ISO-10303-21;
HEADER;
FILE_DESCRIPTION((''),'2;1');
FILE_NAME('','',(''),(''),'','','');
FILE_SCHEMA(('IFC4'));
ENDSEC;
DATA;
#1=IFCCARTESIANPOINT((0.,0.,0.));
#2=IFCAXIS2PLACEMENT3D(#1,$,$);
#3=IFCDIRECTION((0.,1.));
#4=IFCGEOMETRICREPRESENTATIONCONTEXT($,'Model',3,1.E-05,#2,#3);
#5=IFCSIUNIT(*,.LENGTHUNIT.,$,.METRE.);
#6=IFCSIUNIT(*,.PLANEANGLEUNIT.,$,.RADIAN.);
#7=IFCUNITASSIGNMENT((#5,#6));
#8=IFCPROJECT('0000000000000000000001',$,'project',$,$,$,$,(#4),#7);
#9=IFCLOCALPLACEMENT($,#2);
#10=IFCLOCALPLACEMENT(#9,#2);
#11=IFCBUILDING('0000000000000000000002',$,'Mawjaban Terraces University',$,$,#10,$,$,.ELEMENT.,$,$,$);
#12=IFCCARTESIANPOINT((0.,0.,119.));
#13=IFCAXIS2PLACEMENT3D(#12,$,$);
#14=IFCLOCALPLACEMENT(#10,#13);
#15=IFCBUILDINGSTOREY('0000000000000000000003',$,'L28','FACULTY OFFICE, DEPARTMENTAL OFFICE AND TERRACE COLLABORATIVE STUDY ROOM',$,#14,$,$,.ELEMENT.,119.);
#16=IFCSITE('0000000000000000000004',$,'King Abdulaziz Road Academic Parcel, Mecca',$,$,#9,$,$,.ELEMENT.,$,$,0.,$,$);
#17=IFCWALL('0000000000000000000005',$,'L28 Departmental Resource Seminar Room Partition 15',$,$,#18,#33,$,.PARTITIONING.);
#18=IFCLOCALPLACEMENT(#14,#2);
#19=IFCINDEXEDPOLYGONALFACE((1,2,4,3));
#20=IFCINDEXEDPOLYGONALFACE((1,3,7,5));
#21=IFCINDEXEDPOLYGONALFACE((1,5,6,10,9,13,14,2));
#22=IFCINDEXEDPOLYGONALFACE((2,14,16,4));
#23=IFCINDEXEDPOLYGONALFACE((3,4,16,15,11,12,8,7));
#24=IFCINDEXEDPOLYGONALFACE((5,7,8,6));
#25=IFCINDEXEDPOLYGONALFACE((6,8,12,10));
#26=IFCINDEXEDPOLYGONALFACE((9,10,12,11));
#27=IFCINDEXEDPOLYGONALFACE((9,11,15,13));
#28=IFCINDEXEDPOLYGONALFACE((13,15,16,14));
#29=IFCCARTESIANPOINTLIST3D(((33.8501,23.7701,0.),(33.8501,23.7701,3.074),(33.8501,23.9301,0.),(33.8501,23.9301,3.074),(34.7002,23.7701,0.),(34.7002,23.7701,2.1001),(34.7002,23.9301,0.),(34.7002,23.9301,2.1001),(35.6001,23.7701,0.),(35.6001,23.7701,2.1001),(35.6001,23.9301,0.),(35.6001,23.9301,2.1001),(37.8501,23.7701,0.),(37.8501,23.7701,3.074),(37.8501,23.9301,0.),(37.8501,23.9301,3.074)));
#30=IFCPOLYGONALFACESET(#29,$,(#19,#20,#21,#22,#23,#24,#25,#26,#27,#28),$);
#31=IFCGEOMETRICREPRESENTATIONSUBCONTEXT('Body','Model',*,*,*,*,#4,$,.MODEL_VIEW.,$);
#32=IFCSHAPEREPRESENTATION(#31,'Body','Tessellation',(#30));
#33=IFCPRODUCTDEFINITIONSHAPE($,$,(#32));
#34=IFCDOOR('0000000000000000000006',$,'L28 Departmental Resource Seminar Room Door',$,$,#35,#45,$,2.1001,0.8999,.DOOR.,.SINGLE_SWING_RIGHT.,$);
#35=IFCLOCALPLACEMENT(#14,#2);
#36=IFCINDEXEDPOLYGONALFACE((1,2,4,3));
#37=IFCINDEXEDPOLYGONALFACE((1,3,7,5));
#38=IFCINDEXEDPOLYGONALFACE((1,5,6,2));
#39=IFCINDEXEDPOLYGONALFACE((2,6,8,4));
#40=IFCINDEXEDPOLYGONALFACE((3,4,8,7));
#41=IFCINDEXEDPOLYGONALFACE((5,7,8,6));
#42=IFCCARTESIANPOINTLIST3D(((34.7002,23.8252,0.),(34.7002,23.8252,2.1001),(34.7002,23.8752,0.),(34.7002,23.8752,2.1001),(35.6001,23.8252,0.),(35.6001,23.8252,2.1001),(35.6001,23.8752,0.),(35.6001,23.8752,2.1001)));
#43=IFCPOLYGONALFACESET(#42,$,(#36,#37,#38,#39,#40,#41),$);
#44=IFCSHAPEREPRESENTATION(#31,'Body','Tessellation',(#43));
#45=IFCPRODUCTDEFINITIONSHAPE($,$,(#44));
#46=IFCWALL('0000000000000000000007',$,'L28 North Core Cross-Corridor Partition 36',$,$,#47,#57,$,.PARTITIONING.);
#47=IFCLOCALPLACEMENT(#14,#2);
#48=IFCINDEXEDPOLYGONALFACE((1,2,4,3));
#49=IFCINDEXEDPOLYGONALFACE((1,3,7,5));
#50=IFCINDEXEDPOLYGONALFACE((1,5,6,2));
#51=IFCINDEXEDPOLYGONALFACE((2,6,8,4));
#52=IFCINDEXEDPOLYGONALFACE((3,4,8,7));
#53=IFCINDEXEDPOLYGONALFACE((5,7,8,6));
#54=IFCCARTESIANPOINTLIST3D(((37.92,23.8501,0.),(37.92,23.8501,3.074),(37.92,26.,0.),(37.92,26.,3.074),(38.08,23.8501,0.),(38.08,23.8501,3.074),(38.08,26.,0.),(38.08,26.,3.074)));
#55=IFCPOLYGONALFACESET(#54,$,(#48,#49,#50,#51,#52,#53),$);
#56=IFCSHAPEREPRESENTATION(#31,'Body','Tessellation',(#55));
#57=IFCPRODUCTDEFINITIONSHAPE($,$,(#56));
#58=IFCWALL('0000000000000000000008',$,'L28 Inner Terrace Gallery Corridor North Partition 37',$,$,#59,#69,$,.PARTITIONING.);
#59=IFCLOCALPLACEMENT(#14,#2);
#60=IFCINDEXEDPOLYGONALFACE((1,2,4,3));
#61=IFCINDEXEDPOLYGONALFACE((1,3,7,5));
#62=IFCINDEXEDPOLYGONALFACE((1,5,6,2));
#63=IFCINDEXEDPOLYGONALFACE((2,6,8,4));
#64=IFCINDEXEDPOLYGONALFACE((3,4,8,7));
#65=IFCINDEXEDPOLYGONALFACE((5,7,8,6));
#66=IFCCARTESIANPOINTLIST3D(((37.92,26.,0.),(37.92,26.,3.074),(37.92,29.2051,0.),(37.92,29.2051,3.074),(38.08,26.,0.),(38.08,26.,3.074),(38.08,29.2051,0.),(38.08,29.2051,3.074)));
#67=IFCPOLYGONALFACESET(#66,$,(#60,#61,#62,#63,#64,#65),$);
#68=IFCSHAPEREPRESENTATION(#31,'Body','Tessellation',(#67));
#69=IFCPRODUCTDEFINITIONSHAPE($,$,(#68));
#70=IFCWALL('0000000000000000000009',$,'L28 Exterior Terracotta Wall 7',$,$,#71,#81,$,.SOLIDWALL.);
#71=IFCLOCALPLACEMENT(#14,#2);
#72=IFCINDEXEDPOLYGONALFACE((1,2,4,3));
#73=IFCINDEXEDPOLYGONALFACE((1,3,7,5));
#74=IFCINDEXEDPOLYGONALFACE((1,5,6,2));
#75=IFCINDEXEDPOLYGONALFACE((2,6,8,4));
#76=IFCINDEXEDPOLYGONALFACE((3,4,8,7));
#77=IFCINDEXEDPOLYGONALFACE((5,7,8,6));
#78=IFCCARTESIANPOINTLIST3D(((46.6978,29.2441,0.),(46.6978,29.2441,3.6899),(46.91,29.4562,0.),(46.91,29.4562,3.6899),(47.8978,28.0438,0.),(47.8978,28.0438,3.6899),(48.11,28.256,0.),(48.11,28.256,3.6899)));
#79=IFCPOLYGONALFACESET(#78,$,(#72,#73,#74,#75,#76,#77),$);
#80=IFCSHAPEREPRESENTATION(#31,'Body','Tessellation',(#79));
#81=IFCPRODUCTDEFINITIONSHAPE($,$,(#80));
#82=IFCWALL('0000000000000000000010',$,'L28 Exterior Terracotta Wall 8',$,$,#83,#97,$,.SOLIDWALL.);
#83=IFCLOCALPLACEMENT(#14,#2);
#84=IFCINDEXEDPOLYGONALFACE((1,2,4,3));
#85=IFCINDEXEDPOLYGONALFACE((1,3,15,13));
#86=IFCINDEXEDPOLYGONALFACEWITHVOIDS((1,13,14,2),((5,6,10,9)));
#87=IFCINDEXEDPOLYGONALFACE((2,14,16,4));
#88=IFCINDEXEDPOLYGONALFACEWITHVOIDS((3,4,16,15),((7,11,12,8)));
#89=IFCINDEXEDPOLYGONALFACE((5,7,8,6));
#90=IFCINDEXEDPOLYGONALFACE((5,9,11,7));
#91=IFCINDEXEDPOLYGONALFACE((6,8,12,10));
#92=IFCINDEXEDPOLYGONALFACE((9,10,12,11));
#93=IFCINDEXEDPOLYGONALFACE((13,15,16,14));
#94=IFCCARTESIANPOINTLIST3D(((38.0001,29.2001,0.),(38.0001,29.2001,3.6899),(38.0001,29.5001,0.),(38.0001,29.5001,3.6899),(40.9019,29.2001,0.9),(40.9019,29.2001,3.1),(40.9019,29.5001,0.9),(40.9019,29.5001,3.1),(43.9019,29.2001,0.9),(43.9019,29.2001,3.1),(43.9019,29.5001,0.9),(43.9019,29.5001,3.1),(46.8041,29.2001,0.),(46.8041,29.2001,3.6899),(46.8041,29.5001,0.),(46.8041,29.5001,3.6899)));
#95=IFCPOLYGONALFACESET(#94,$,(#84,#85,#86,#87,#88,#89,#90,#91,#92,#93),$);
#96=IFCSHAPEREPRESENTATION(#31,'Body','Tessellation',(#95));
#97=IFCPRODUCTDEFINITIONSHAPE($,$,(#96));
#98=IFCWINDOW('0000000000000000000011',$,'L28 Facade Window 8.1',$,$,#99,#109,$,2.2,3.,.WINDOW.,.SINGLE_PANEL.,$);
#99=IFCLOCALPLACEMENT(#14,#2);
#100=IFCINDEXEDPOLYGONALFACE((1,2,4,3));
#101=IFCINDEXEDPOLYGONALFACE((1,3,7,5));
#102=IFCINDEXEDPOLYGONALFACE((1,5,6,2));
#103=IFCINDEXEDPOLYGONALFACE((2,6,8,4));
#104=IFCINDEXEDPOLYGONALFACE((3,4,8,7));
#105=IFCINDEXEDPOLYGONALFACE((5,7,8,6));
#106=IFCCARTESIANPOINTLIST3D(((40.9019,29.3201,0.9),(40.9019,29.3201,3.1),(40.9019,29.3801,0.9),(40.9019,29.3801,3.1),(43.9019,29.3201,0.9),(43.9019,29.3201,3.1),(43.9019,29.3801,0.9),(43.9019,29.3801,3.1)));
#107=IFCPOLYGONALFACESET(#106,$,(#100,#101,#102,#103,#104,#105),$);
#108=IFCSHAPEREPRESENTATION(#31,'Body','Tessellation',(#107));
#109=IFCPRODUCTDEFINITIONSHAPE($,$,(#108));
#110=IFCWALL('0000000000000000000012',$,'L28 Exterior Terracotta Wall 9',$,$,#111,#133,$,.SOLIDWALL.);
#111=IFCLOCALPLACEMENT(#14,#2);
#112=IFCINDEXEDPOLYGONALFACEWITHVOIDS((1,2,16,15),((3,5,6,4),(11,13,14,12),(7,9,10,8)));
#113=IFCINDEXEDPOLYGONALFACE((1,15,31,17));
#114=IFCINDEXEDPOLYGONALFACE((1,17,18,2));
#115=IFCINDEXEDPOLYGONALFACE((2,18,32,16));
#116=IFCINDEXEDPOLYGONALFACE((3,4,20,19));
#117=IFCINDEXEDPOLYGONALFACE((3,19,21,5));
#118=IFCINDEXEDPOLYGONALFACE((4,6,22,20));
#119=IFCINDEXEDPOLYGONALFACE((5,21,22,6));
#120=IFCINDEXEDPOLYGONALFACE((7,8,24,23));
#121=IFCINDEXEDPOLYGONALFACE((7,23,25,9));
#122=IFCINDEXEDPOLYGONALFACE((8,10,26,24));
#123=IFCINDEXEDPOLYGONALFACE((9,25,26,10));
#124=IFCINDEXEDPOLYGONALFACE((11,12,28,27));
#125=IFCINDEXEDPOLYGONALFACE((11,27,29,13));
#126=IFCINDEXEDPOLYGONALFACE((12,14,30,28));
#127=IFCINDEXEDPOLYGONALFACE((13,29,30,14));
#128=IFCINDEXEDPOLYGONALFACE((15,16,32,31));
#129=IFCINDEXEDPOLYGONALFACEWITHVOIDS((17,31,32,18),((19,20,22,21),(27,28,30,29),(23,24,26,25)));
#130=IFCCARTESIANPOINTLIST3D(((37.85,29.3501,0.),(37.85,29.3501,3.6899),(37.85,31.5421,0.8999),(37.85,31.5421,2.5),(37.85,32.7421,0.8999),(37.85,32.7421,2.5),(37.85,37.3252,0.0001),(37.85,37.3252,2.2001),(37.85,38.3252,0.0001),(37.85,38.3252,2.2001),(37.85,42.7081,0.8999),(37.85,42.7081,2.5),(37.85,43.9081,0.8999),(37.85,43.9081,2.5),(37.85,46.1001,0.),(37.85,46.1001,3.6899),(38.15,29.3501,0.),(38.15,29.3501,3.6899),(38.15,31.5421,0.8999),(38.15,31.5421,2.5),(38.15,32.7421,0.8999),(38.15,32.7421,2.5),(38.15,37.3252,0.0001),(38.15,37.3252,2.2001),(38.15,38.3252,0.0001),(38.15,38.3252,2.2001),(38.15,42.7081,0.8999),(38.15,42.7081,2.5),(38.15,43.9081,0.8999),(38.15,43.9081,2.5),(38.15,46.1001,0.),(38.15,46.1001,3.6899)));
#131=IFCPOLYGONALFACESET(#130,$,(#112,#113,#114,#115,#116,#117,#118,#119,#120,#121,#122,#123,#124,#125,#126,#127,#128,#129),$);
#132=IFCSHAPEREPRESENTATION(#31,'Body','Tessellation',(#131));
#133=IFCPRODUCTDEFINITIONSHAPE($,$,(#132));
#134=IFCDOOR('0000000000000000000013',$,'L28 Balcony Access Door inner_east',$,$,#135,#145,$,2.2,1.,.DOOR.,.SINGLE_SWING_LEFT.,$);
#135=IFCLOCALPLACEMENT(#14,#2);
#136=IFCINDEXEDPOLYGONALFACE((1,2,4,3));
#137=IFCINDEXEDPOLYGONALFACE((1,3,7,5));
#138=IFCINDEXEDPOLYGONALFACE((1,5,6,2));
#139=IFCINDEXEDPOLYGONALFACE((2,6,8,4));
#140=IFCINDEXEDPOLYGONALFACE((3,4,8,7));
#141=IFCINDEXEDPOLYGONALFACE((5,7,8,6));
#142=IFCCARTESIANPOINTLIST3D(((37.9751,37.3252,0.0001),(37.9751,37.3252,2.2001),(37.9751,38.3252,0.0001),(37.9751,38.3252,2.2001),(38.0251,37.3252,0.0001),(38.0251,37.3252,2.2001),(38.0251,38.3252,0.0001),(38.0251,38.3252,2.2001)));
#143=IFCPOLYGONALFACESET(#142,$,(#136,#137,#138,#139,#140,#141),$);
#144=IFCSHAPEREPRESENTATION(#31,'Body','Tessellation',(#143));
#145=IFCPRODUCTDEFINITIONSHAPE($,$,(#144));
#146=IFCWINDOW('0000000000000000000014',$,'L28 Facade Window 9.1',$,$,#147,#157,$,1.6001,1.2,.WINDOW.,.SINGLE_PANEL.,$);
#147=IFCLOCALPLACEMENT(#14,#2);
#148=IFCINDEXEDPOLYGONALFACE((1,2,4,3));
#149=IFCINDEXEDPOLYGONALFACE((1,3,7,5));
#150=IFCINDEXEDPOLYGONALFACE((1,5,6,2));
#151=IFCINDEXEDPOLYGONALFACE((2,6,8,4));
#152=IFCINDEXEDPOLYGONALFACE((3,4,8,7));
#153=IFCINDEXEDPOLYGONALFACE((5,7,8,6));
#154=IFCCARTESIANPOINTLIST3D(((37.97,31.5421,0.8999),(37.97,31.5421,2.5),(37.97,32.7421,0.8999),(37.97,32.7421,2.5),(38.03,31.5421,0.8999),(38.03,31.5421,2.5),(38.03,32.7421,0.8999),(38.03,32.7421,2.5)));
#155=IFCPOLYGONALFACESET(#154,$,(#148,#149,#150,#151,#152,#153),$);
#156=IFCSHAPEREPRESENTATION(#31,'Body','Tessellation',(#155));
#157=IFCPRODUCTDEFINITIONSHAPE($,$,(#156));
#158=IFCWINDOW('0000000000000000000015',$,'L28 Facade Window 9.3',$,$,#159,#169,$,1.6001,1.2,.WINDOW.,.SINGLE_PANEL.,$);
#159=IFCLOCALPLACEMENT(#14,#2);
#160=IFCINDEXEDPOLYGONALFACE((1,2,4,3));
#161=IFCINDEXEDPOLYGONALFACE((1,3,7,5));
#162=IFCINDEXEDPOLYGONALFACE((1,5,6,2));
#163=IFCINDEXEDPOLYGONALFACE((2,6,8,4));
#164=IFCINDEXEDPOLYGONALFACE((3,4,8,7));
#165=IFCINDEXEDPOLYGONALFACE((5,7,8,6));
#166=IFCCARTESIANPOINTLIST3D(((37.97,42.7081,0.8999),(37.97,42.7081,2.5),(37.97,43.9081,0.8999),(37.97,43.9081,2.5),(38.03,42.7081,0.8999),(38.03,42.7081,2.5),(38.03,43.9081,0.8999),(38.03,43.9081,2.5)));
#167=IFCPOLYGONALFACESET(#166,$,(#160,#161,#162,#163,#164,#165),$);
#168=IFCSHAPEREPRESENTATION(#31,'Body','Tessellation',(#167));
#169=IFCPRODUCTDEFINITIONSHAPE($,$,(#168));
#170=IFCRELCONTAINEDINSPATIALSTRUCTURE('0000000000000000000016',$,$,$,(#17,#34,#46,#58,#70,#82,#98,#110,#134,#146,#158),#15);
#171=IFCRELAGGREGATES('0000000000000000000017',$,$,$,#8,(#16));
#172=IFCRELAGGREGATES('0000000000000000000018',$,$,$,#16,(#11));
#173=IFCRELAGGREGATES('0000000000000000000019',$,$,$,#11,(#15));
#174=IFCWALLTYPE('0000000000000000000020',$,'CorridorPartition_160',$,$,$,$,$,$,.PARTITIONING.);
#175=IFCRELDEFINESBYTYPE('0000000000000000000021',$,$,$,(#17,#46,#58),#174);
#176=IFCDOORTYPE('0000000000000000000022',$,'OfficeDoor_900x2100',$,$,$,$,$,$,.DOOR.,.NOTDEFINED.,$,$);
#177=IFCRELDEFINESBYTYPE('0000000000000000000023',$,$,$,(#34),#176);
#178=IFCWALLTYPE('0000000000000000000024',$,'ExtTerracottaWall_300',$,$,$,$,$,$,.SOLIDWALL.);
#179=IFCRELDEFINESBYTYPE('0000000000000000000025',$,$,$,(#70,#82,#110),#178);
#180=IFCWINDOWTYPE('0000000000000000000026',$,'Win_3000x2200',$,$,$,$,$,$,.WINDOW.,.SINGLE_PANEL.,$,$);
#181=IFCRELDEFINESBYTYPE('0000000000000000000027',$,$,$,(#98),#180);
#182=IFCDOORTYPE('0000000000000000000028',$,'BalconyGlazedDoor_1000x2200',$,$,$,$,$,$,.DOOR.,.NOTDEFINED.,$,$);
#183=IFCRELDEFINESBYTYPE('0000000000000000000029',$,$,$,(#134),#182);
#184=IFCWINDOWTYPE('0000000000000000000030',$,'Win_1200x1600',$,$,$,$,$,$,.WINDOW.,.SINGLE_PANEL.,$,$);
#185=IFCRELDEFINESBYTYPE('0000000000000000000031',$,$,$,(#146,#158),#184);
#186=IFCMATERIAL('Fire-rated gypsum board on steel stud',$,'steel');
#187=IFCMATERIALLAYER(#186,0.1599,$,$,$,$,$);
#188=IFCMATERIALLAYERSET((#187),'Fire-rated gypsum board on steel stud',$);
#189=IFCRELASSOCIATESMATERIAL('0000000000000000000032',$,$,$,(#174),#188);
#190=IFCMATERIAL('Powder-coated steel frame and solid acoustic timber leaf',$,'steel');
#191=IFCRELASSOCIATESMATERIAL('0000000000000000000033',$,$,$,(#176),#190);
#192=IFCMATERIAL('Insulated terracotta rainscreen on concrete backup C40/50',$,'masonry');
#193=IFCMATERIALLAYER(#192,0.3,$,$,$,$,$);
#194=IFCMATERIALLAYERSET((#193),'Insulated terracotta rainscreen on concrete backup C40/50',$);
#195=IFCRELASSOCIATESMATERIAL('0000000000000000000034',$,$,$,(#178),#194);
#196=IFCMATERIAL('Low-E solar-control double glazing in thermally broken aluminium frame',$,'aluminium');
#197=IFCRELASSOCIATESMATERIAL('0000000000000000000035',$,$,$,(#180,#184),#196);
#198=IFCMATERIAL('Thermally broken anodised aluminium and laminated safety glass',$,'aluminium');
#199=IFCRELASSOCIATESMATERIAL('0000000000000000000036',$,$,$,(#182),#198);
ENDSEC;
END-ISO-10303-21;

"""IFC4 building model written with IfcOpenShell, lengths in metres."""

from ifc_helpers import new_model, si_unit, direction, frame, frame_2d, origin, place, context, subcontext, project, spatial, rectangle, extrude, material, layer, layer_set, type_object, element, fill, save


model = new_model("IFC4")

# Units and contexts
model_context = context("Model", 3, precision=1e-05, world=origin(), true_north=direction((0.0, 1.0)))
body_context = subcontext(model_context, "Body", "Model", "MODEL_VIEW")
ifc_project = project(units=[si_unit("LENGTHUNIT", "METRE"), si_unit("PLANEANGLEUNIT", "RADIAN")], contexts=[model_context])

# Site, building, storey
site_placement = place(None, origin())
site = spatial("IfcSite", under=ifc_project, at=site_placement, Name="King Abdulaziz Road Academic Parcel, Mecca", CompositionType="ELEMENT", RefElevation=0.0)
building_placement = place(site_placement, origin())
building = spatial("IfcBuilding", under=site, at=building_placement, Name="Mawjaban Terraces University", CompositionType="ELEMENT")
storey_placement = place(building_placement, frame((0.0, 0.0, 119.0)))
storey = spatial("IfcBuildingStorey", under=building, at=storey_placement, Name="L28", Description="FACULTY OFFICE, DEPARTMENTAL OFFICE AND TERRACE COLLABORATIVE STUDY ROOM", CompositionType="ELEMENT", Elevation=119.0)

# Wall, opening, door
ifc_material_1 = material(Name="Fire-rated gypsum board on steel stud", Category="steel")
ifc_layer_1 = layer(ifc_material_1, 0.1599)
ifc_layer_set_1 = layer_set([ifc_layer_1], Name="Fire-rated gypsum board on steel stud")
wall_type_1 = type_object("IfcWallType", Name="CorridorPartition_160", PredefinedType="PARTITIONING", material=ifc_layer_set_1)
wall_1_placement = place(storey_placement, frame((37.8501, 23.8501, 0.0), z_axis=(0.0, 0.0, 1.0), x_axis=(-1.0, 0.0, 0.0)))
wall_1 = element("IfcWall", 1, at=wall_1_placement, inside=storey, type_object=wall_type_1, Name="L28 Departmental Resource Seminar Room Partition 15", PredefinedType="PARTITIONING", context=body_context, shape_type="SweptSolid", body=[
    extrude(rectangle(XDim=4.0, YDim=0.1599, at=frame_2d((2.0, 0.0))), origin(), (0.0, 0.0, 1.0), 3.074),
])
opening_1_placement = place(wall_1_placement, frame((2.25, 0.0, 0.0)))
opening_1 = element("IfcOpeningElement", 2, at=opening_1_placement, cuts=wall_1, PredefinedType="OPENING", context=body_context, shape_type="SweptSolid", body=[
    extrude(rectangle(XDim=0.8999, YDim=2.1001, at=frame_2d((0.45, 1.05))), frame((0.0, 0.0898, 0.0), z_axis=(0.0, -1.0, 0.0), x_axis=(1.0, 0.0, 0.0)), (0.0, 0.0, 1.0), 0.1799),
])
ifc_material_2 = material(Name="Powder-coated steel frame and solid acoustic timber leaf", Category="steel")
door_type_1 = type_object("IfcDoorType", Name="OfficeDoor_900x2100", OperationType="NOTDEFINED", PredefinedType="DOOR", material=ifc_material_2)
door_1_placement = place(opening_1_placement, origin())
door_1 = element("IfcDoor", 3, at=door_1_placement, inside=storey, type_object=door_type_1, Name="L28 Departmental Resource Seminar Room Door", OperationType="SINGLE_SWING_RIGHT", OverallHeight=2.1001, OverallWidth=0.8999, PredefinedType="DOOR", context=body_context, shape_type="SweptSolid", body=[
    extrude(rectangle(XDim=0.8999, YDim=2.1001, at=frame_2d((0.45, 1.05))), frame((0.0, 0.0249, 0.0), z_axis=(0.0, -1.0, 0.0), x_axis=(1.0, 0.0, 0.0)), (0.0, 0.0, 1.0), 0.05),
])
fill(opening_1, door_1)

# Walls
wall_2_placement = place(storey_placement, frame((38.0, 23.8501, 0.0), z_axis=(0.0, 0.0, 1.0), x_axis=(0.0, 1.0, 0.0)))
element("IfcWall", 4, at=wall_2_placement, inside=storey, type_object=wall_type_1, Name="L28 North Core Cross-Corridor Partition 36", PredefinedType="PARTITIONING", context=body_context, shape_type="SweptSolid", body=[
    extrude(rectangle(XDim=2.1499, YDim=0.1599, at=frame_2d((1.075, 0.0))), origin(), (0.0, 0.0, 1.0), 3.074),
])
wall_3_placement = place(storey_placement, frame((38.0, 26.0, 0.0), z_axis=(0.0, 0.0, 1.0), x_axis=(0.0, 1.0, 0.0)))
element("IfcWall", 5, at=wall_3_placement, inside=storey, type_object=wall_type_1, Name="L28 Inner Terrace Gallery Corridor North Partition 37", PredefinedType="PARTITIONING", context=body_context, shape_type="SweptSolid", body=[
    extrude(rectangle(XDim=3.2051, YDim=0.1599, at=frame_2d((1.6025, 0.0))), origin(), (0.0, 0.0, 1.0), 3.074),
])
ifc_material_3 = material(Name="Insulated terracotta rainscreen on concrete backup C40/50", Category="masonry")
ifc_layer_2 = layer(ifc_material_3, 0.3)
ifc_layer_set_2 = layer_set([ifc_layer_2], Name="Insulated terracotta rainscreen on concrete backup C40/50")
wall_type_2 = type_object("IfcWallType", Name="ExtTerracottaWall_300", PredefinedType="SOLIDWALL", material=ifc_layer_set_2)
wall_4_placement = place(storey_placement, frame((48.0039, 28.1499, 0.0), z_axis=(0.0, 0.0, 1.0), x_axis=(-0.707035, 0.707179, 0.0)))
element("IfcWall", 6, at=wall_4_placement, inside=storey, type_object=wall_type_2, Name="L28 Exterior Terracotta Wall 7", PredefinedType="SOLIDWALL", context=body_context, shape_type="SweptSolid", body=[
    extrude(rectangle(XDim=1.6973, YDim=0.3, at=frame_2d((0.8486, 0.0))), origin(), (0.0, 0.0, 1.0), 3.6899),
])

# Wall, opening, window
wall_5_placement = place(storey_placement, frame((46.804, 29.3501, 0.0), z_axis=(0.0, 0.0, 1.0), x_axis=(-1.0, 0.0, 0.0)))
wall_5 = element("IfcWall", 7, at=wall_5_placement, inside=storey, type_object=wall_type_2, Name="L28 Exterior Terracotta Wall 8", PredefinedType="SOLIDWALL", context=body_context, shape_type="SweptSolid", body=[
    extrude(rectangle(XDim=8.804, YDim=0.3, at=frame_2d((4.4019, 0.0))), origin(), (0.0, 0.0, 1.0), 3.6899),
])
opening_2_placement = place(wall_5_placement, frame((2.9021, 0.0, 0.8999)))
opening_2 = element("IfcOpeningElement", 8, at=opening_2_placement, cuts=wall_5, PredefinedType="OPENING", context=body_context, shape_type="SweptSolid", body=[
    extrude(rectangle(XDim=3.0, YDim=2.2, at=frame_2d((1.5, 1.1001))), frame((0.0, 0.1599, 0.0), z_axis=(0.0, -1.0, 0.0), x_axis=(1.0, 0.0, 0.0)), (0.0, 0.0, 1.0), 0.3201),
])
ifc_material_4 = material(Name="Low-E solar-control double glazing in thermally broken aluminium frame", Category="aluminium")
window_type_1 = type_object("IfcWindowType", Name="Win_3000x2200", PartitioningType="SINGLE_PANEL", PredefinedType="WINDOW", material=ifc_material_4)
window_1_placement = place(opening_2_placement, origin())
window_1 = element("IfcWindow", 9, at=window_1_placement, inside=storey, type_object=window_type_1, Name="L28 Facade Window 8.1", OverallHeight=2.2, OverallWidth=3.0, PartitioningType="SINGLE_PANEL", PredefinedType="WINDOW", context=body_context, shape_type="SweptSolid", body=[
    extrude(rectangle(XDim=3.0, YDim=2.2, at=frame_2d((1.5, 1.1001))), frame((0.0, 0.03, 0.0), z_axis=(0.0, -1.0, 0.0), x_axis=(1.0, 0.0, 0.0)), (0.0, 0.0, 1.0), 0.0601),
])
fill(opening_2, window_1)

# Wall, openings, door, windows
wall_6_placement = place(storey_placement, frame((38.0, 29.3501, 0.0), z_axis=(0.0, 0.0, 1.0), x_axis=(0.0, 1.0, 0.0)))
wall_6 = element("IfcWall", 10, at=wall_6_placement, inside=storey, type_object=wall_type_2, Name="L28 Exterior Terracotta Wall 9", PredefinedType="SOLIDWALL", context=body_context, shape_type="SweptSolid", body=[
    extrude(rectangle(XDim=16.75, YDim=0.3, at=frame_2d((8.375, 0.0))), origin(), (0.0, 0.0, 1.0), 3.6899),
])
opening_3_placement = place(wall_6_placement, frame((7.9751, 0.0, 0.0)))
opening_3 = element("IfcOpeningElement", 11, at=opening_3_placement, cuts=wall_6, PredefinedType="OPENING", context=body_context, shape_type="SweptSolid", body=[
    extrude(rectangle(XDim=1.0, YDim=2.2, at=frame_2d((0.5, 1.1001))), frame((0.0, 0.1599, 0.0), z_axis=(0.0, -1.0, 0.0), x_axis=(1.0, 0.0, 0.0)), (0.0, 0.0, 1.0), 0.3201),
])
opening_4_placement = place(wall_6_placement, frame((2.1919, 0.0, 0.8999)))
opening_4 = element("IfcOpeningElement", 12, at=opening_4_placement, cuts=wall_6, PredefinedType="OPENING", context=body_context, shape_type="SweptSolid", body=[
    extrude(rectangle(XDim=1.2, YDim=1.6001, at=frame_2d((0.6001, 0.8))), frame((0.0, 0.1599, 0.0), z_axis=(0.0, -1.0, 0.0), x_axis=(1.0, 0.0, 0.0)), (0.0, 0.0, 1.0), 0.3201),
])
opening_5_placement = place(wall_6_placement, frame((13.3579, 0.0, 0.8999)))
opening_5 = element("IfcOpeningElement", 13, at=opening_5_placement, cuts=wall_6, PredefinedType="OPENING", context=body_context, shape_type="SweptSolid", body=[
    extrude(rectangle(XDim=1.2, YDim=1.6001, at=frame_2d((0.6001, 0.8))), frame((0.0, 0.1599, 0.0), z_axis=(0.0, -1.0, 0.0), x_axis=(1.0, 0.0, 0.0)), (0.0, 0.0, 1.0), 0.3201),
])
ifc_material_5 = material(Name="Thermally broken anodised aluminium and laminated safety glass", Category="aluminium")
door_type_2 = type_object("IfcDoorType", Name="BalconyGlazedDoor_1000x2200", OperationType="NOTDEFINED", PredefinedType="DOOR", material=ifc_material_5)
door_2_placement = place(opening_3_placement, origin())
door_2 = element("IfcDoor", 14, at=door_2_placement, inside=storey, type_object=door_type_2, Name="L28 Balcony Access Door inner_east", OperationType="SINGLE_SWING_LEFT", OverallHeight=2.2, OverallWidth=1.0, PredefinedType="DOOR", context=body_context, shape_type="SweptSolid", body=[
    extrude(rectangle(XDim=1.0, YDim=2.2, at=frame_2d((0.5, 1.1001))), frame((0.0, 0.0249, 0.0), z_axis=(0.0, -1.0, 0.0), x_axis=(1.0, 0.0, 0.0)), (0.0, 0.0, 1.0), 0.05),
])
fill(opening_3, door_2)
window_type_2 = type_object("IfcWindowType", Name="Win_1200x1600", PartitioningType="SINGLE_PANEL", PredefinedType="WINDOW", material=ifc_material_4)
window_2_placement = place(opening_4_placement, origin())
window_2 = element("IfcWindow", 15, at=window_2_placement, inside=storey, type_object=window_type_2, Name="L28 Facade Window 9.1", OverallHeight=1.6001, OverallWidth=1.2, PartitioningType="SINGLE_PANEL", PredefinedType="WINDOW", context=body_context, shape_type="SweptSolid", body=[
    extrude(rectangle(XDim=1.2, YDim=1.6001, at=frame_2d((0.6001, 0.8))), frame((0.0, 0.03, 0.0), z_axis=(0.0, -1.0, 0.0), x_axis=(1.0, 0.0, 0.0)), (0.0, 0.0, 1.0), 0.0601),
])
fill(opening_4, window_2)
window_3_placement = place(opening_5_placement, origin())
window_3 = element("IfcWindow", 16, at=window_3_placement, inside=storey, type_object=window_type_2, Name="L28 Facade Window 9.3", OverallHeight=1.6001, OverallWidth=1.2, PartitioningType="SINGLE_PANEL", PredefinedType="WINDOW", context=body_context, shape_type="SweptSolid", body=[
    extrude(rectangle(XDim=1.2, YDim=1.6001, at=frame_2d((0.6001, 0.8))), frame((0.0, 0.03, 0.0), z_axis=(0.0, -1.0, 0.0), x_axis=(1.0, 0.0, 0.0)), (0.0, 0.0, 1.0), 0.0601),
])
fill(opening_5, window_3)

save(model, "model.ifc")
